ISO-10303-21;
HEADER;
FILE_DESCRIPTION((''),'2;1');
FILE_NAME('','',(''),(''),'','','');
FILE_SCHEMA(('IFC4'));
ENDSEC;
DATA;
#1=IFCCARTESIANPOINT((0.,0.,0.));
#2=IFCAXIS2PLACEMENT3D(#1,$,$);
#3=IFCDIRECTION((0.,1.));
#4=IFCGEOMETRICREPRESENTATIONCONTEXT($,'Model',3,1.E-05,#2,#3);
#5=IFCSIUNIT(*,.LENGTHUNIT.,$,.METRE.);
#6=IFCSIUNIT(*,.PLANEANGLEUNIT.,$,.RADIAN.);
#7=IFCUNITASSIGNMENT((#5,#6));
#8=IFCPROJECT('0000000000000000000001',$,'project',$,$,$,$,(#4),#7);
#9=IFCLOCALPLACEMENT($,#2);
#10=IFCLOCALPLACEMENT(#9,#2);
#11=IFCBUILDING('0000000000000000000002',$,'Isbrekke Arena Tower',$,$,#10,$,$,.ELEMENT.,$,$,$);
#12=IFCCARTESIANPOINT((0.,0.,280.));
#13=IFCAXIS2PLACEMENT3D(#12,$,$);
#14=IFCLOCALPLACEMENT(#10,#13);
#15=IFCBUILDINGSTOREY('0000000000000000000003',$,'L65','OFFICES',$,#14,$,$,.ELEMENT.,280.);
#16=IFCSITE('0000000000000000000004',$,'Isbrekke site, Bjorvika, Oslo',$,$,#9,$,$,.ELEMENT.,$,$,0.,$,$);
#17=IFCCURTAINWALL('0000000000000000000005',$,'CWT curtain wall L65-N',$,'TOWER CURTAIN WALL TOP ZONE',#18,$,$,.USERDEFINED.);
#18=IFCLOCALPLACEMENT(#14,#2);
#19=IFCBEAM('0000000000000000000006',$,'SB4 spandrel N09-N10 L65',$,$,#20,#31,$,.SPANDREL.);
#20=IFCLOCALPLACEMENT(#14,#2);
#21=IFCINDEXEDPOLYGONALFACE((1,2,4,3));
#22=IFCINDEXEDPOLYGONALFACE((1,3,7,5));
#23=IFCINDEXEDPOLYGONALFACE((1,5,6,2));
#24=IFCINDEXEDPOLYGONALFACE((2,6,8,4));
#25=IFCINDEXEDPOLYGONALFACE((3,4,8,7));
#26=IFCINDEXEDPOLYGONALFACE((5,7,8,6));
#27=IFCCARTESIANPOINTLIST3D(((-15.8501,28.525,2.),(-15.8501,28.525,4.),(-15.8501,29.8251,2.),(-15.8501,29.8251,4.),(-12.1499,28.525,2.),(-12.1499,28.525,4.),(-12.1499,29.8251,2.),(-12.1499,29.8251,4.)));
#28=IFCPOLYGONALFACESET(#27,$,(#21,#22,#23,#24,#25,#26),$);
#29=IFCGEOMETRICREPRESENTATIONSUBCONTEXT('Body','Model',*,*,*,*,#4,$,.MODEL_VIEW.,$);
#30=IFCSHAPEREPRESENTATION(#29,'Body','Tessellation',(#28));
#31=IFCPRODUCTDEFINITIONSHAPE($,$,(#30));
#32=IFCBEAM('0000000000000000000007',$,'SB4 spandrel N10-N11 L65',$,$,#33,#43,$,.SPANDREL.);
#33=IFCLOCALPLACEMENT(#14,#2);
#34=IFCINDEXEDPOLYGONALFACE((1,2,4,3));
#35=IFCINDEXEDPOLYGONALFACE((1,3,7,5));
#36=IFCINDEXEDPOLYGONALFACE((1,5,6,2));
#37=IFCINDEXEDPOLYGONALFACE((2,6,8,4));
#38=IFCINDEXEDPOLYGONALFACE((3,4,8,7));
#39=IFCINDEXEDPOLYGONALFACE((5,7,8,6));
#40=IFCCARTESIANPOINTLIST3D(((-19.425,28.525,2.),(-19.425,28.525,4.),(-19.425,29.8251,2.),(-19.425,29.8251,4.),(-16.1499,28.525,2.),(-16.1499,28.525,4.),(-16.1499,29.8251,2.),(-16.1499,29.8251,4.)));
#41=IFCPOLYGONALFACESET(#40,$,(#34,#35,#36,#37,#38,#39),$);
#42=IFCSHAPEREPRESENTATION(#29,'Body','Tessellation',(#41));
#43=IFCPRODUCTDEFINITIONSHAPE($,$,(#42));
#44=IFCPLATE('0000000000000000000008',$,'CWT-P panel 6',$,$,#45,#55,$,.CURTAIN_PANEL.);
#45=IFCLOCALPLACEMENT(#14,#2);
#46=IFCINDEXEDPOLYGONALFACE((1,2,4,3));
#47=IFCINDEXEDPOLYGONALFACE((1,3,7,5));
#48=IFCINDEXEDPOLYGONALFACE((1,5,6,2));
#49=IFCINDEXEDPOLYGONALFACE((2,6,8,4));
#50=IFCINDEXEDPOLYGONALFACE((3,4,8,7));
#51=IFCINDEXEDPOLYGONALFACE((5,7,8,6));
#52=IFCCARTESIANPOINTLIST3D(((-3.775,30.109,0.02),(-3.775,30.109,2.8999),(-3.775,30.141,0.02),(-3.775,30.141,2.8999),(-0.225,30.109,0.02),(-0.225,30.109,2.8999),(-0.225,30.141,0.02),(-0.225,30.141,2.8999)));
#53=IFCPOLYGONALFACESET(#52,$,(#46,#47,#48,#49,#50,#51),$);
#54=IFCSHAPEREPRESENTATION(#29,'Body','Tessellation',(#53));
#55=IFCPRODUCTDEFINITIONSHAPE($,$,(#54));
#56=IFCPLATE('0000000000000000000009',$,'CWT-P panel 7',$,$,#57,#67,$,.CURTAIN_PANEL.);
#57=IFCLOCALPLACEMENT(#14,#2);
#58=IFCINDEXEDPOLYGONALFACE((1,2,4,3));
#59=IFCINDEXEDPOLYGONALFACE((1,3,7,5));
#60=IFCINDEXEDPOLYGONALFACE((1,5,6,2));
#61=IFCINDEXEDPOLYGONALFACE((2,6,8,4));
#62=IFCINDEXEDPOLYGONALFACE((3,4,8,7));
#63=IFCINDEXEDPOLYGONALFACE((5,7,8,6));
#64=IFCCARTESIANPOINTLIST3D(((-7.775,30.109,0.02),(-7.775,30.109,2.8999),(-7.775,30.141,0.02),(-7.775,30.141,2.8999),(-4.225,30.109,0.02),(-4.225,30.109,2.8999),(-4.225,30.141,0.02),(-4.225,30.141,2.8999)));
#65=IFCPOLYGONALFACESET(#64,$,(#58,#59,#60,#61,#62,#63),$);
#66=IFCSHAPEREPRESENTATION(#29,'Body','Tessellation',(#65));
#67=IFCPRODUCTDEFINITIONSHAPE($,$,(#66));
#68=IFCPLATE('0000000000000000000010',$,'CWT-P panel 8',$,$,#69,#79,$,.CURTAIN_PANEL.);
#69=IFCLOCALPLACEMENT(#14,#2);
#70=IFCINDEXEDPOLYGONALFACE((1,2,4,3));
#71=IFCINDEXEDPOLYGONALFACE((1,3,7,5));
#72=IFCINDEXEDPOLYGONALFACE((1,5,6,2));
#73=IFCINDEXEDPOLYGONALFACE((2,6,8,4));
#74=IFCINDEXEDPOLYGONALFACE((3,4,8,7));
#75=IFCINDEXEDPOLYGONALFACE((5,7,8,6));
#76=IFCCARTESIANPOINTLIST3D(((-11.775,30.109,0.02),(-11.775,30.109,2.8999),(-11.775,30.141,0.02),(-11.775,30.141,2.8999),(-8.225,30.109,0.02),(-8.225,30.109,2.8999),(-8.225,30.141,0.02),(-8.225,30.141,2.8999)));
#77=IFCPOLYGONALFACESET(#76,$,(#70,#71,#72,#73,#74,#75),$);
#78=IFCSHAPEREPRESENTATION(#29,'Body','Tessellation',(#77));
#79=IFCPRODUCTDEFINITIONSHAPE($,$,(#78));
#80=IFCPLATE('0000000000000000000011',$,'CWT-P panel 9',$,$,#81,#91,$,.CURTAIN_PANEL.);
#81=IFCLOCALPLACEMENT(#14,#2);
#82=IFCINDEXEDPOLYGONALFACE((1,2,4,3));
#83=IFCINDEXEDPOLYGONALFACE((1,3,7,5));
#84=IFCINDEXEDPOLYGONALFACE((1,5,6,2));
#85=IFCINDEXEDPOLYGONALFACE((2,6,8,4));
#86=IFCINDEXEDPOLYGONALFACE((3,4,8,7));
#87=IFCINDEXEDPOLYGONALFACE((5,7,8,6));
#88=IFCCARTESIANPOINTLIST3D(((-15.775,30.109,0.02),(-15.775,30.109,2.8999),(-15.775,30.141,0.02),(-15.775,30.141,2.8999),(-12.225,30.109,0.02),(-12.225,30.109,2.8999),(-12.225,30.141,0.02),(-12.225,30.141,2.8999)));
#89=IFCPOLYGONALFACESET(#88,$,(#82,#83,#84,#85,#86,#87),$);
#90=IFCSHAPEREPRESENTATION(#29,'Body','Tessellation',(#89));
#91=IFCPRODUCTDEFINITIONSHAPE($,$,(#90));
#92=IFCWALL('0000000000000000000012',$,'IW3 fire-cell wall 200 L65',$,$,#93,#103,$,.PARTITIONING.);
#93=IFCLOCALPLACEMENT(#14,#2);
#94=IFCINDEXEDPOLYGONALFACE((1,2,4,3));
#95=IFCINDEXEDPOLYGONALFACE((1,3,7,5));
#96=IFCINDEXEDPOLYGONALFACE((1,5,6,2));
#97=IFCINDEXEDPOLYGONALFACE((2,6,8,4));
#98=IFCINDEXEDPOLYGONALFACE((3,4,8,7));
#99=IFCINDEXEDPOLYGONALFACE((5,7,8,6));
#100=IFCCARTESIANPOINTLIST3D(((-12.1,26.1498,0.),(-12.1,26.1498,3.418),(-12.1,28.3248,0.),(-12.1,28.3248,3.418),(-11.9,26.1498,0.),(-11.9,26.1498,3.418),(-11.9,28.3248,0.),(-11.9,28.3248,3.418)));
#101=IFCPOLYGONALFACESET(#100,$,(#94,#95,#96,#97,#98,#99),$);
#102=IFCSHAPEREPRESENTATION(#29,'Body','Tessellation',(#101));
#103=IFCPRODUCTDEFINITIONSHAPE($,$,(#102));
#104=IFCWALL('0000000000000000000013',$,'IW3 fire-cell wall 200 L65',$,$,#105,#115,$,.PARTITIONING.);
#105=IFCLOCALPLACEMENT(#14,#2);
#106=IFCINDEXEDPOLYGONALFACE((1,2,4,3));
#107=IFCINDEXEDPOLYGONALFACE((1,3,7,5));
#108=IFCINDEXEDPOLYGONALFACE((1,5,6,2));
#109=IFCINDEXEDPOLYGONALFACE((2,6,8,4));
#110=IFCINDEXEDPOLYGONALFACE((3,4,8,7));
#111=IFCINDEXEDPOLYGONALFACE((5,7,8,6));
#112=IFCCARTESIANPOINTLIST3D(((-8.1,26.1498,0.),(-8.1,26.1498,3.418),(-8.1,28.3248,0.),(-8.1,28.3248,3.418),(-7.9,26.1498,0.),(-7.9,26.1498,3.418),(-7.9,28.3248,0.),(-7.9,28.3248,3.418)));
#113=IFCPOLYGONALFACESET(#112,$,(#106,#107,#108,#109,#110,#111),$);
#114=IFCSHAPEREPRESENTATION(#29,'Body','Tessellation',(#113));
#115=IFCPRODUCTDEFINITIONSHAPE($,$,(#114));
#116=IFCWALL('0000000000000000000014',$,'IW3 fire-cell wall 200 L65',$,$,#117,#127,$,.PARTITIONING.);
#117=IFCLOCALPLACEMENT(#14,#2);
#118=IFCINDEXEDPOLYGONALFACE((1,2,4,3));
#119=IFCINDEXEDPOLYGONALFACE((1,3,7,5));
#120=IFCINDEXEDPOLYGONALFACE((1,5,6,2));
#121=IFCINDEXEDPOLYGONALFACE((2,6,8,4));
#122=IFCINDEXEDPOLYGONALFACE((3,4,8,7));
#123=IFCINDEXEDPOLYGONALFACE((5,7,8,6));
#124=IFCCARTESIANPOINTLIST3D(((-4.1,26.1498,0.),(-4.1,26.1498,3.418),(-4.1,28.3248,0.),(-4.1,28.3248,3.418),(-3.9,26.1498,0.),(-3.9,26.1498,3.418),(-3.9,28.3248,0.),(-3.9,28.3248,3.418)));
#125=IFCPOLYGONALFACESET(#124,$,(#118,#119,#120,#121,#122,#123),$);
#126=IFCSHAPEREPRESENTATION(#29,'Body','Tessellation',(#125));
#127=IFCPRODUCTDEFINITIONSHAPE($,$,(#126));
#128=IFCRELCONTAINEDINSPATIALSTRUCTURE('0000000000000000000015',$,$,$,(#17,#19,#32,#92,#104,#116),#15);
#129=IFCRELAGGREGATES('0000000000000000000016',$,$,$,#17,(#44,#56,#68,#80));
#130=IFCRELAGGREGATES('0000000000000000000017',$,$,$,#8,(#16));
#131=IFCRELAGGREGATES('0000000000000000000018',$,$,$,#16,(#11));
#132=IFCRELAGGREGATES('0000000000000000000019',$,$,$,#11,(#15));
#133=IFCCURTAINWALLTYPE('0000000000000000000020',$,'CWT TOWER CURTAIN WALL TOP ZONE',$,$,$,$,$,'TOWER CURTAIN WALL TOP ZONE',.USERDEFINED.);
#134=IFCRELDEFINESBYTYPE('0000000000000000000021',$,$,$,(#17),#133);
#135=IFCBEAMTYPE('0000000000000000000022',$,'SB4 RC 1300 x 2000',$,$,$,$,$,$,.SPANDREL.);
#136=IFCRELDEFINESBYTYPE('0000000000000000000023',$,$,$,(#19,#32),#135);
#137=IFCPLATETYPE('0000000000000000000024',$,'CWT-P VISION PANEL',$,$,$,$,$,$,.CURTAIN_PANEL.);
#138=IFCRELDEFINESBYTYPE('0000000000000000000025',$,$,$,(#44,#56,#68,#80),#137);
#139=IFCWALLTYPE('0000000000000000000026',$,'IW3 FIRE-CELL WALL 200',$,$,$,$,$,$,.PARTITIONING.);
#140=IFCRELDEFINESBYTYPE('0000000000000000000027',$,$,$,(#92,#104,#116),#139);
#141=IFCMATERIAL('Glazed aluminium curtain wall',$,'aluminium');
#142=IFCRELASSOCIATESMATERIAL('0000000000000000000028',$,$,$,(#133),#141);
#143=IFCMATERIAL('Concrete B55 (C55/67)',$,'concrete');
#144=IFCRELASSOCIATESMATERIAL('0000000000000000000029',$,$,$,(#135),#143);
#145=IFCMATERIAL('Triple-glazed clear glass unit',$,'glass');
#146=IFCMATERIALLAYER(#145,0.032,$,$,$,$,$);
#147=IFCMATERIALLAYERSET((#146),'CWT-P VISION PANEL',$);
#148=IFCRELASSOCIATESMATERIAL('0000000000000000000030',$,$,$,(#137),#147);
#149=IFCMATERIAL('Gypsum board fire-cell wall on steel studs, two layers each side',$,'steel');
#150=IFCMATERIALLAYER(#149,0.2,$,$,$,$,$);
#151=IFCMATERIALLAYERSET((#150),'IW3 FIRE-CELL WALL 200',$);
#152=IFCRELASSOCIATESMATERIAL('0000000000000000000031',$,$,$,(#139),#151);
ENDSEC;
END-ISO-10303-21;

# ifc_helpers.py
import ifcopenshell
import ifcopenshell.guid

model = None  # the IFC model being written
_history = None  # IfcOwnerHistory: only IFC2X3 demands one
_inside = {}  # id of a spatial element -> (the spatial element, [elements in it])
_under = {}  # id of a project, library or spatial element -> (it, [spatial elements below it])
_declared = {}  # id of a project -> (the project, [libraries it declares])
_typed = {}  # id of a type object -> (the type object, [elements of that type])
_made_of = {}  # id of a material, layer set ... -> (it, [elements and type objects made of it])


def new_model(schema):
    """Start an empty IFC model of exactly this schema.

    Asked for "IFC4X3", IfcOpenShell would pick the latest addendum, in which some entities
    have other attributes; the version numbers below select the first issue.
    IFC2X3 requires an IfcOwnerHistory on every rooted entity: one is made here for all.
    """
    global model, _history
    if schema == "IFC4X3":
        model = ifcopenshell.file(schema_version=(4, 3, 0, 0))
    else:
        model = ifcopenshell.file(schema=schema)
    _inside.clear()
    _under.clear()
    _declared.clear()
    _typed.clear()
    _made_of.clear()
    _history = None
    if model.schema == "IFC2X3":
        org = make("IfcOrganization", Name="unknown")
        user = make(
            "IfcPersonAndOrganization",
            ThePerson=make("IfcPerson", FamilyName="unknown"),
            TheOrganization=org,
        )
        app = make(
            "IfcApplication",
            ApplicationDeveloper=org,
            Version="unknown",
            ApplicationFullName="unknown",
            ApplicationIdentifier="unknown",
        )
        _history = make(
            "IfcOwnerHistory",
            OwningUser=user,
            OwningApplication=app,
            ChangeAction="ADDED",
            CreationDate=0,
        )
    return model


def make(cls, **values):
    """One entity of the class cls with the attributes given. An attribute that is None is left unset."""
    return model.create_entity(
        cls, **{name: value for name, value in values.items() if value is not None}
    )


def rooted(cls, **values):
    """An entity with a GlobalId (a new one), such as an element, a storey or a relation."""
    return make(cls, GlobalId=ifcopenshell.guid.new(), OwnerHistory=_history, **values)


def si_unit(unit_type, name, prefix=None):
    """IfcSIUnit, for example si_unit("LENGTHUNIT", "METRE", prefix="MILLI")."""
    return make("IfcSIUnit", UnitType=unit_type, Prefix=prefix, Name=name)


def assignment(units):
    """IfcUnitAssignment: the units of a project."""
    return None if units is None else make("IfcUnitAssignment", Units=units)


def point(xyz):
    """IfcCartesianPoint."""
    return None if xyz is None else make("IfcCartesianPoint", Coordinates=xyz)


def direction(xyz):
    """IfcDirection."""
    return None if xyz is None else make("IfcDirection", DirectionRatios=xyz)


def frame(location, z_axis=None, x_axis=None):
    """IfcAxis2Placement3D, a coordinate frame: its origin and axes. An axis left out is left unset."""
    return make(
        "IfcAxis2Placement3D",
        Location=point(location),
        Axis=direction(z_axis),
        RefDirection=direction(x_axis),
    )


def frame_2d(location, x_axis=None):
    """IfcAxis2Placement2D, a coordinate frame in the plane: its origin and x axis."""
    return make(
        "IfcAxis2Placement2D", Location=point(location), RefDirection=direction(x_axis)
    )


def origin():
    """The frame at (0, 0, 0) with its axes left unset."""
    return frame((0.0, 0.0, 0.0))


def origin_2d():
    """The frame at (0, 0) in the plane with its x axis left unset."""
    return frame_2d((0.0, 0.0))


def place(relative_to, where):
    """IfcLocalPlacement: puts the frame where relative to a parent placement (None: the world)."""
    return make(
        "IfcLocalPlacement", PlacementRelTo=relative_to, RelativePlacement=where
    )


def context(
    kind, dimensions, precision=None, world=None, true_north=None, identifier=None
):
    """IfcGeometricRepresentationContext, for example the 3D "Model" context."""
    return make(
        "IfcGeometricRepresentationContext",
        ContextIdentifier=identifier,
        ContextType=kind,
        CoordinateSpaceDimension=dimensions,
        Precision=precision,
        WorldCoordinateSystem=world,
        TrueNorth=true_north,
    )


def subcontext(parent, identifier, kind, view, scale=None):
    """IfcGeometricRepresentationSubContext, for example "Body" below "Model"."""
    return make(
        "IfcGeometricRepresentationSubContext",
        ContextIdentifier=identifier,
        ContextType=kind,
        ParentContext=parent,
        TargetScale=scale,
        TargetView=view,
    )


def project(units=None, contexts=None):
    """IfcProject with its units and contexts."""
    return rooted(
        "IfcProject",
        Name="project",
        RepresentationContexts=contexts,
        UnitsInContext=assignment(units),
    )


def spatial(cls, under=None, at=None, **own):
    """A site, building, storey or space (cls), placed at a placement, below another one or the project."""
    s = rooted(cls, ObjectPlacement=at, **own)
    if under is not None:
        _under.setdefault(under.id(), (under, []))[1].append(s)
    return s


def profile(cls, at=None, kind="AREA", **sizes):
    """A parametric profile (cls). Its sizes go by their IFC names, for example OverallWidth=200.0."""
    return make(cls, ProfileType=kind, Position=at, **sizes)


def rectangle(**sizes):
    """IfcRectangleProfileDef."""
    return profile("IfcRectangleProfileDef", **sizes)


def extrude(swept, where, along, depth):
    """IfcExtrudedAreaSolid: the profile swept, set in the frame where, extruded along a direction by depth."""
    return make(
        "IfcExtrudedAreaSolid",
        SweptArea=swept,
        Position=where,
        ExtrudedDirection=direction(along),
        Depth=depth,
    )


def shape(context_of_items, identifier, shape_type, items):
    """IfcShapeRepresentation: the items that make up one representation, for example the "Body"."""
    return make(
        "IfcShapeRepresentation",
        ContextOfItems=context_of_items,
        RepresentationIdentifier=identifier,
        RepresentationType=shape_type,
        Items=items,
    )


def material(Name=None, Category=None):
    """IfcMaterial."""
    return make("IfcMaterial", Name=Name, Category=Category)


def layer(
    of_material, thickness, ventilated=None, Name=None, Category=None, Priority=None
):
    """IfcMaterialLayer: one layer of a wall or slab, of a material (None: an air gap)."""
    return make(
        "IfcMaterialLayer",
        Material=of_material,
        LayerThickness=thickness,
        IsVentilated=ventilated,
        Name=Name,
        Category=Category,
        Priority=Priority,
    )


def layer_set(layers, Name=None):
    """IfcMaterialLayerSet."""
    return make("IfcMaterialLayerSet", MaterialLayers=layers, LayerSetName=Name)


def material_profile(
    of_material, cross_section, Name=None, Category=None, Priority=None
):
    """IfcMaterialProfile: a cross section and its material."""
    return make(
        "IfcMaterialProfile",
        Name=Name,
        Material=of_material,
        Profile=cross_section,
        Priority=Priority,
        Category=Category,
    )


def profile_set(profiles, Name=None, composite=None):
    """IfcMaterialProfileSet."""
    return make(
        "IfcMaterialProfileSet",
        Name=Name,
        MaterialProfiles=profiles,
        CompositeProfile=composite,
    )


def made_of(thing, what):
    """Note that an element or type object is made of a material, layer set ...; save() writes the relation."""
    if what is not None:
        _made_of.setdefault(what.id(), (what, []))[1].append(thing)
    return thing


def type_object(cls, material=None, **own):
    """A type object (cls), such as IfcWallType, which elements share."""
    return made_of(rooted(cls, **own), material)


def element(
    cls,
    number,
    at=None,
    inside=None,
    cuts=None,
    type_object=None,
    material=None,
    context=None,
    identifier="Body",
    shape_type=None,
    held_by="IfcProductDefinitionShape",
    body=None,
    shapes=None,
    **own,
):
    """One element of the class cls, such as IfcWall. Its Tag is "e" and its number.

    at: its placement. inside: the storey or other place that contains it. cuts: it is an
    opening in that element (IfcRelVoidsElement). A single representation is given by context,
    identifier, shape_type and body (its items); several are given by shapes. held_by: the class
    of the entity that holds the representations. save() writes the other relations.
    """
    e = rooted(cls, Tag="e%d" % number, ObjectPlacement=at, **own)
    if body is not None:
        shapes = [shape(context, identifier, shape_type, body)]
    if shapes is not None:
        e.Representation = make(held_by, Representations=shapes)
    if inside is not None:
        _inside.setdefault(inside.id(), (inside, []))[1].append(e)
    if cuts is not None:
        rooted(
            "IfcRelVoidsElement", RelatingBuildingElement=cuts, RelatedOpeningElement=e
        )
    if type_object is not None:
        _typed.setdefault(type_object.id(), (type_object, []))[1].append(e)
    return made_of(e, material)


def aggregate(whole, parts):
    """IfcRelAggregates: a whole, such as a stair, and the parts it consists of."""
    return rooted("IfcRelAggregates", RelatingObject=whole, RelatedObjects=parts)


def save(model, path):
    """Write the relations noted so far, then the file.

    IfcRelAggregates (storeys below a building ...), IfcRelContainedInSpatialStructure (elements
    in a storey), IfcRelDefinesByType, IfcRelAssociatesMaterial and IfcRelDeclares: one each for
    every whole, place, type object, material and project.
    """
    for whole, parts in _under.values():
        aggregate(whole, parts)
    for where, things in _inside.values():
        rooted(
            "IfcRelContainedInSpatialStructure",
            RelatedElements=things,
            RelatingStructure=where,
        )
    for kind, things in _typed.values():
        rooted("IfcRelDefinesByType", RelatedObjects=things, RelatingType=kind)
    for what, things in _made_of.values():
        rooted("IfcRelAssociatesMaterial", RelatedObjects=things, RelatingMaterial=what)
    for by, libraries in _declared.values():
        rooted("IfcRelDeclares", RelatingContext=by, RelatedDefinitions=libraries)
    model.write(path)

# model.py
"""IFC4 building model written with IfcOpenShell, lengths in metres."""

from ifc_helpers import new_model, si_unit, direction, frame, frame_2d, origin, origin_2d, place, context, subcontext, project, spatial, rectangle, extrude, material, layer, layer_set, material_profile, profile_set, type_object, element, aggregate, save


model = new_model("IFC4")

# Units and contexts
model_context = context("Model", 3, precision=1e-05, world=origin(), true_north=direction((0.0, 1.0)))
body_context = subcontext(model_context, "Body", "Model", "MODEL_VIEW")
ifc_project = project(units=[si_unit("LENGTHUNIT", "METRE"), si_unit("PLANEANGLEUNIT", "RADIAN")], contexts=[model_context])

# Site, building, storey
site_placement = place(None, origin())
site = spatial("IfcSite", under=ifc_project, at=site_placement, Name="Isbrekke site, Bjorvika, Oslo", CompositionType="ELEMENT", RefElevation=0.0)
building_placement = place(site_placement, origin())
building = spatial("IfcBuilding", under=site, at=building_placement, Name="Isbrekke Arena Tower", CompositionType="ELEMENT")
storey_placement = place(building_placement, frame((0.0, 0.0, 280.0)))
storey = spatial("IfcBuildingStorey", under=building, at=storey_placement, Name="L65", Description="OFFICES", CompositionType="ELEMENT", Elevation=280.0)

# Curtain wall
ifc_material_1 = material(Name="Glazed aluminium curtain wall", Category="aluminium")
curtain_wall_type = type_object("IfcCurtainWallType", Name="CWT TOWER CURTAIN WALL TOP ZONE", ElementType="TOWER CURTAIN WALL TOP ZONE", PredefinedType="USERDEFINED", material=ifc_material_1)
curtain_wall_placement = place(storey_placement, origin())
curtain_wall = element("IfcCurtainWall", 1, at=curtain_wall_placement, inside=storey, type_object=curtain_wall_type, Name="CWT curtain wall L65-N", ObjectType="TOWER CURTAIN WALL TOP ZONE", PredefinedType="USERDEFINED")

# Beams
ifc_material_2 = material(Name="Concrete B55 (C55/67)", Category="concrete")
ifc_material_profile_1 = material_profile(ifc_material_2, rectangle(XDim=1.3, YDim=2.0, at=origin_2d()), Name="RC 1300x2000")
ifc_profile_set_1 = profile_set([ifc_material_profile_1], Name="Concrete B55 (C55/67)")
beam_type_1 = type_object("IfcBeamType", Name="SB4 RC 1300 x 2000", PredefinedType="SPANDREL", material=ifc_profile_set_1)
for number, where, z_axis, x_axis, name in (
    (2, (-12.1499, 29.175, 3.0), (-1.0, 0.0, 0.0), (0.0, -1.0, 0.0), "SB4 spandrel N09-N10 L65"),
):
    element("IfcBeam", number, at=place(storey_placement, frame(where, z_axis=z_axis, x_axis=x_axis)), inside=storey, type_object=beam_type_1, Name=name, PredefinedType="SPANDREL", context=body_context, shape_type="SweptSolid", body=[
        extrude(rectangle(XDim=1.3, YDim=2.0, at=origin_2d()), origin(), (0.0, 0.0, 1.0), 3.7002),
    ])
beam_1_placement = place(storey_placement, frame((-16.1499, 29.175, 3.0), z_axis=(-1.0, 0.0, 0.0), x_axis=(0.0, -1.0, 0.0)))
element("IfcBeam", 3, at=beam_1_placement, inside=storey, type_object=beam_type_1, Name="SB4 spandrel N10-N11 L65", PredefinedType="SPANDREL", context=body_context, shape_type="SweptSolid", body=[
    extrude(rectangle(XDim=1.3, YDim=2.0, at=origin_2d()), origin(), (0.0, 0.0, 1.0), 3.2751),
])

# Plates
ifc_material_3 = material(Name="Triple-glazed clear glass unit", Category="glass")
ifc_layer_1 = layer(ifc_material_3, 0.032)
ifc_layer_set_1 = layer_set([ifc_layer_1], Name="CWT-P VISION PANEL")
plate_type = type_object("IfcPlateType", Name="CWT-P VISION PANEL", PredefinedType="CURTAIN_PANEL", material=ifc_layer_set_1)
plate_1_placement = place(storey_placement, frame((-2.0, 30.125, 0.02), z_axis=(0.0, 0.0, 1.0), x_axis=(-1.0, 0.0, 0.0)))
plate_1 = element("IfcPlate", 4, at=plate_1_placement, type_object=plate_type, Name="CWT-P panel 6", PredefinedType="CURTAIN_PANEL", context=body_context, shape_type="SweptSolid", body=[
    extrude(rectangle(XDim=3.55, YDim=0.032, at=origin_2d()), origin(), (0.0, 0.0, 1.0), 2.8799),
])
plate_2_placement = place(storey_placement, frame((-6.0, 30.125, 0.02), z_axis=(0.0, 0.0, 1.0), x_axis=(-1.0, 0.0, 0.0)))
plate_2 = element("IfcPlate", 5, at=plate_2_placement, type_object=plate_type, Name="CWT-P panel 7", PredefinedType="CURTAIN_PANEL", context=body_context, shape_type="SweptSolid", body=[
    extrude(rectangle(XDim=3.55, YDim=0.032, at=origin_2d()), origin(), (0.0, 0.0, 1.0), 2.8799),
])
plate_3_placement = place(storey_placement, frame((-10.0, 30.125, 0.02), z_axis=(0.0, 0.0, 1.0), x_axis=(-1.0, 0.0, 0.0)))
plate_3 = element("IfcPlate", 6, at=plate_3_placement, type_object=plate_type, Name="CWT-P panel 8", PredefinedType="CURTAIN_PANEL", context=body_context, shape_type="SweptSolid", body=[
    extrude(rectangle(XDim=3.55, YDim=0.032, at=origin_2d()), origin(), (0.0, 0.0, 1.0), 2.8799),
])
plate_4_placement = place(storey_placement, frame((-14.0, 30.125, 0.02), z_axis=(0.0, 0.0, 1.0), x_axis=(-1.0, 0.0, 0.0)))
plate_4 = element("IfcPlate", 7, at=plate_4_placement, type_object=plate_type, Name="CWT-P panel 9", PredefinedType="CURTAIN_PANEL", context=body_context, shape_type="SweptSolid", body=[
    extrude(rectangle(XDim=3.55, YDim=0.032, at=origin_2d()), origin(), (0.0, 0.0, 1.0), 2.8799),
])
aggregate(curtain_wall, [plate_1, plate_2, plate_3, plate_4])

# Walls
ifc_material_4 = material(Name="Gypsum board fire-cell wall on steel studs, two layers each side", Category="steel")
ifc_layer_2 = layer(ifc_material_4, 0.2)
ifc_layer_set_2 = layer_set([ifc_layer_2], Name="IW3 FIRE-CELL WALL 200")
wall_type = type_object("IfcWallType", Name="IW3 FIRE-CELL WALL 200", PredefinedType="PARTITIONING", material=ifc_layer_set_2)
for number, where, z_axis, x_axis, name in (
    (8, (-12.0, 26.1499, 0.0), (0.0, 0.0, 1.0), (0.0, 1.0, 0.0), "IW3 fire-cell wall 200 L65"),
    (9, (-8.0, 26.1499, 0.0), (0.0, 0.0, 1.0), (0.0, 1.0, 0.0), "IW3 fire-cell wall 200 L65"),
    (10, (-4.0, 26.1499, 0.0), (0.0, 0.0, 1.0), (0.0, 1.0, 0.0), "IW3 fire-cell wall 200 L65"),
):
    element("IfcWall", number, at=place(storey_placement, frame(where, z_axis=z_axis, x_axis=x_axis)), inside=storey, type_object=wall_type, Name=name, PredefinedType="PARTITIONING", context=body_context, shape_type="SweptSolid", body=[
        extrude(rectangle(XDim=2.175, YDim=0.2, at=frame_2d((1.0874, 0.0))), origin(), (0.0, 0.0, 1.0), 3.418),
    ])

save(model, "model.ifc")
